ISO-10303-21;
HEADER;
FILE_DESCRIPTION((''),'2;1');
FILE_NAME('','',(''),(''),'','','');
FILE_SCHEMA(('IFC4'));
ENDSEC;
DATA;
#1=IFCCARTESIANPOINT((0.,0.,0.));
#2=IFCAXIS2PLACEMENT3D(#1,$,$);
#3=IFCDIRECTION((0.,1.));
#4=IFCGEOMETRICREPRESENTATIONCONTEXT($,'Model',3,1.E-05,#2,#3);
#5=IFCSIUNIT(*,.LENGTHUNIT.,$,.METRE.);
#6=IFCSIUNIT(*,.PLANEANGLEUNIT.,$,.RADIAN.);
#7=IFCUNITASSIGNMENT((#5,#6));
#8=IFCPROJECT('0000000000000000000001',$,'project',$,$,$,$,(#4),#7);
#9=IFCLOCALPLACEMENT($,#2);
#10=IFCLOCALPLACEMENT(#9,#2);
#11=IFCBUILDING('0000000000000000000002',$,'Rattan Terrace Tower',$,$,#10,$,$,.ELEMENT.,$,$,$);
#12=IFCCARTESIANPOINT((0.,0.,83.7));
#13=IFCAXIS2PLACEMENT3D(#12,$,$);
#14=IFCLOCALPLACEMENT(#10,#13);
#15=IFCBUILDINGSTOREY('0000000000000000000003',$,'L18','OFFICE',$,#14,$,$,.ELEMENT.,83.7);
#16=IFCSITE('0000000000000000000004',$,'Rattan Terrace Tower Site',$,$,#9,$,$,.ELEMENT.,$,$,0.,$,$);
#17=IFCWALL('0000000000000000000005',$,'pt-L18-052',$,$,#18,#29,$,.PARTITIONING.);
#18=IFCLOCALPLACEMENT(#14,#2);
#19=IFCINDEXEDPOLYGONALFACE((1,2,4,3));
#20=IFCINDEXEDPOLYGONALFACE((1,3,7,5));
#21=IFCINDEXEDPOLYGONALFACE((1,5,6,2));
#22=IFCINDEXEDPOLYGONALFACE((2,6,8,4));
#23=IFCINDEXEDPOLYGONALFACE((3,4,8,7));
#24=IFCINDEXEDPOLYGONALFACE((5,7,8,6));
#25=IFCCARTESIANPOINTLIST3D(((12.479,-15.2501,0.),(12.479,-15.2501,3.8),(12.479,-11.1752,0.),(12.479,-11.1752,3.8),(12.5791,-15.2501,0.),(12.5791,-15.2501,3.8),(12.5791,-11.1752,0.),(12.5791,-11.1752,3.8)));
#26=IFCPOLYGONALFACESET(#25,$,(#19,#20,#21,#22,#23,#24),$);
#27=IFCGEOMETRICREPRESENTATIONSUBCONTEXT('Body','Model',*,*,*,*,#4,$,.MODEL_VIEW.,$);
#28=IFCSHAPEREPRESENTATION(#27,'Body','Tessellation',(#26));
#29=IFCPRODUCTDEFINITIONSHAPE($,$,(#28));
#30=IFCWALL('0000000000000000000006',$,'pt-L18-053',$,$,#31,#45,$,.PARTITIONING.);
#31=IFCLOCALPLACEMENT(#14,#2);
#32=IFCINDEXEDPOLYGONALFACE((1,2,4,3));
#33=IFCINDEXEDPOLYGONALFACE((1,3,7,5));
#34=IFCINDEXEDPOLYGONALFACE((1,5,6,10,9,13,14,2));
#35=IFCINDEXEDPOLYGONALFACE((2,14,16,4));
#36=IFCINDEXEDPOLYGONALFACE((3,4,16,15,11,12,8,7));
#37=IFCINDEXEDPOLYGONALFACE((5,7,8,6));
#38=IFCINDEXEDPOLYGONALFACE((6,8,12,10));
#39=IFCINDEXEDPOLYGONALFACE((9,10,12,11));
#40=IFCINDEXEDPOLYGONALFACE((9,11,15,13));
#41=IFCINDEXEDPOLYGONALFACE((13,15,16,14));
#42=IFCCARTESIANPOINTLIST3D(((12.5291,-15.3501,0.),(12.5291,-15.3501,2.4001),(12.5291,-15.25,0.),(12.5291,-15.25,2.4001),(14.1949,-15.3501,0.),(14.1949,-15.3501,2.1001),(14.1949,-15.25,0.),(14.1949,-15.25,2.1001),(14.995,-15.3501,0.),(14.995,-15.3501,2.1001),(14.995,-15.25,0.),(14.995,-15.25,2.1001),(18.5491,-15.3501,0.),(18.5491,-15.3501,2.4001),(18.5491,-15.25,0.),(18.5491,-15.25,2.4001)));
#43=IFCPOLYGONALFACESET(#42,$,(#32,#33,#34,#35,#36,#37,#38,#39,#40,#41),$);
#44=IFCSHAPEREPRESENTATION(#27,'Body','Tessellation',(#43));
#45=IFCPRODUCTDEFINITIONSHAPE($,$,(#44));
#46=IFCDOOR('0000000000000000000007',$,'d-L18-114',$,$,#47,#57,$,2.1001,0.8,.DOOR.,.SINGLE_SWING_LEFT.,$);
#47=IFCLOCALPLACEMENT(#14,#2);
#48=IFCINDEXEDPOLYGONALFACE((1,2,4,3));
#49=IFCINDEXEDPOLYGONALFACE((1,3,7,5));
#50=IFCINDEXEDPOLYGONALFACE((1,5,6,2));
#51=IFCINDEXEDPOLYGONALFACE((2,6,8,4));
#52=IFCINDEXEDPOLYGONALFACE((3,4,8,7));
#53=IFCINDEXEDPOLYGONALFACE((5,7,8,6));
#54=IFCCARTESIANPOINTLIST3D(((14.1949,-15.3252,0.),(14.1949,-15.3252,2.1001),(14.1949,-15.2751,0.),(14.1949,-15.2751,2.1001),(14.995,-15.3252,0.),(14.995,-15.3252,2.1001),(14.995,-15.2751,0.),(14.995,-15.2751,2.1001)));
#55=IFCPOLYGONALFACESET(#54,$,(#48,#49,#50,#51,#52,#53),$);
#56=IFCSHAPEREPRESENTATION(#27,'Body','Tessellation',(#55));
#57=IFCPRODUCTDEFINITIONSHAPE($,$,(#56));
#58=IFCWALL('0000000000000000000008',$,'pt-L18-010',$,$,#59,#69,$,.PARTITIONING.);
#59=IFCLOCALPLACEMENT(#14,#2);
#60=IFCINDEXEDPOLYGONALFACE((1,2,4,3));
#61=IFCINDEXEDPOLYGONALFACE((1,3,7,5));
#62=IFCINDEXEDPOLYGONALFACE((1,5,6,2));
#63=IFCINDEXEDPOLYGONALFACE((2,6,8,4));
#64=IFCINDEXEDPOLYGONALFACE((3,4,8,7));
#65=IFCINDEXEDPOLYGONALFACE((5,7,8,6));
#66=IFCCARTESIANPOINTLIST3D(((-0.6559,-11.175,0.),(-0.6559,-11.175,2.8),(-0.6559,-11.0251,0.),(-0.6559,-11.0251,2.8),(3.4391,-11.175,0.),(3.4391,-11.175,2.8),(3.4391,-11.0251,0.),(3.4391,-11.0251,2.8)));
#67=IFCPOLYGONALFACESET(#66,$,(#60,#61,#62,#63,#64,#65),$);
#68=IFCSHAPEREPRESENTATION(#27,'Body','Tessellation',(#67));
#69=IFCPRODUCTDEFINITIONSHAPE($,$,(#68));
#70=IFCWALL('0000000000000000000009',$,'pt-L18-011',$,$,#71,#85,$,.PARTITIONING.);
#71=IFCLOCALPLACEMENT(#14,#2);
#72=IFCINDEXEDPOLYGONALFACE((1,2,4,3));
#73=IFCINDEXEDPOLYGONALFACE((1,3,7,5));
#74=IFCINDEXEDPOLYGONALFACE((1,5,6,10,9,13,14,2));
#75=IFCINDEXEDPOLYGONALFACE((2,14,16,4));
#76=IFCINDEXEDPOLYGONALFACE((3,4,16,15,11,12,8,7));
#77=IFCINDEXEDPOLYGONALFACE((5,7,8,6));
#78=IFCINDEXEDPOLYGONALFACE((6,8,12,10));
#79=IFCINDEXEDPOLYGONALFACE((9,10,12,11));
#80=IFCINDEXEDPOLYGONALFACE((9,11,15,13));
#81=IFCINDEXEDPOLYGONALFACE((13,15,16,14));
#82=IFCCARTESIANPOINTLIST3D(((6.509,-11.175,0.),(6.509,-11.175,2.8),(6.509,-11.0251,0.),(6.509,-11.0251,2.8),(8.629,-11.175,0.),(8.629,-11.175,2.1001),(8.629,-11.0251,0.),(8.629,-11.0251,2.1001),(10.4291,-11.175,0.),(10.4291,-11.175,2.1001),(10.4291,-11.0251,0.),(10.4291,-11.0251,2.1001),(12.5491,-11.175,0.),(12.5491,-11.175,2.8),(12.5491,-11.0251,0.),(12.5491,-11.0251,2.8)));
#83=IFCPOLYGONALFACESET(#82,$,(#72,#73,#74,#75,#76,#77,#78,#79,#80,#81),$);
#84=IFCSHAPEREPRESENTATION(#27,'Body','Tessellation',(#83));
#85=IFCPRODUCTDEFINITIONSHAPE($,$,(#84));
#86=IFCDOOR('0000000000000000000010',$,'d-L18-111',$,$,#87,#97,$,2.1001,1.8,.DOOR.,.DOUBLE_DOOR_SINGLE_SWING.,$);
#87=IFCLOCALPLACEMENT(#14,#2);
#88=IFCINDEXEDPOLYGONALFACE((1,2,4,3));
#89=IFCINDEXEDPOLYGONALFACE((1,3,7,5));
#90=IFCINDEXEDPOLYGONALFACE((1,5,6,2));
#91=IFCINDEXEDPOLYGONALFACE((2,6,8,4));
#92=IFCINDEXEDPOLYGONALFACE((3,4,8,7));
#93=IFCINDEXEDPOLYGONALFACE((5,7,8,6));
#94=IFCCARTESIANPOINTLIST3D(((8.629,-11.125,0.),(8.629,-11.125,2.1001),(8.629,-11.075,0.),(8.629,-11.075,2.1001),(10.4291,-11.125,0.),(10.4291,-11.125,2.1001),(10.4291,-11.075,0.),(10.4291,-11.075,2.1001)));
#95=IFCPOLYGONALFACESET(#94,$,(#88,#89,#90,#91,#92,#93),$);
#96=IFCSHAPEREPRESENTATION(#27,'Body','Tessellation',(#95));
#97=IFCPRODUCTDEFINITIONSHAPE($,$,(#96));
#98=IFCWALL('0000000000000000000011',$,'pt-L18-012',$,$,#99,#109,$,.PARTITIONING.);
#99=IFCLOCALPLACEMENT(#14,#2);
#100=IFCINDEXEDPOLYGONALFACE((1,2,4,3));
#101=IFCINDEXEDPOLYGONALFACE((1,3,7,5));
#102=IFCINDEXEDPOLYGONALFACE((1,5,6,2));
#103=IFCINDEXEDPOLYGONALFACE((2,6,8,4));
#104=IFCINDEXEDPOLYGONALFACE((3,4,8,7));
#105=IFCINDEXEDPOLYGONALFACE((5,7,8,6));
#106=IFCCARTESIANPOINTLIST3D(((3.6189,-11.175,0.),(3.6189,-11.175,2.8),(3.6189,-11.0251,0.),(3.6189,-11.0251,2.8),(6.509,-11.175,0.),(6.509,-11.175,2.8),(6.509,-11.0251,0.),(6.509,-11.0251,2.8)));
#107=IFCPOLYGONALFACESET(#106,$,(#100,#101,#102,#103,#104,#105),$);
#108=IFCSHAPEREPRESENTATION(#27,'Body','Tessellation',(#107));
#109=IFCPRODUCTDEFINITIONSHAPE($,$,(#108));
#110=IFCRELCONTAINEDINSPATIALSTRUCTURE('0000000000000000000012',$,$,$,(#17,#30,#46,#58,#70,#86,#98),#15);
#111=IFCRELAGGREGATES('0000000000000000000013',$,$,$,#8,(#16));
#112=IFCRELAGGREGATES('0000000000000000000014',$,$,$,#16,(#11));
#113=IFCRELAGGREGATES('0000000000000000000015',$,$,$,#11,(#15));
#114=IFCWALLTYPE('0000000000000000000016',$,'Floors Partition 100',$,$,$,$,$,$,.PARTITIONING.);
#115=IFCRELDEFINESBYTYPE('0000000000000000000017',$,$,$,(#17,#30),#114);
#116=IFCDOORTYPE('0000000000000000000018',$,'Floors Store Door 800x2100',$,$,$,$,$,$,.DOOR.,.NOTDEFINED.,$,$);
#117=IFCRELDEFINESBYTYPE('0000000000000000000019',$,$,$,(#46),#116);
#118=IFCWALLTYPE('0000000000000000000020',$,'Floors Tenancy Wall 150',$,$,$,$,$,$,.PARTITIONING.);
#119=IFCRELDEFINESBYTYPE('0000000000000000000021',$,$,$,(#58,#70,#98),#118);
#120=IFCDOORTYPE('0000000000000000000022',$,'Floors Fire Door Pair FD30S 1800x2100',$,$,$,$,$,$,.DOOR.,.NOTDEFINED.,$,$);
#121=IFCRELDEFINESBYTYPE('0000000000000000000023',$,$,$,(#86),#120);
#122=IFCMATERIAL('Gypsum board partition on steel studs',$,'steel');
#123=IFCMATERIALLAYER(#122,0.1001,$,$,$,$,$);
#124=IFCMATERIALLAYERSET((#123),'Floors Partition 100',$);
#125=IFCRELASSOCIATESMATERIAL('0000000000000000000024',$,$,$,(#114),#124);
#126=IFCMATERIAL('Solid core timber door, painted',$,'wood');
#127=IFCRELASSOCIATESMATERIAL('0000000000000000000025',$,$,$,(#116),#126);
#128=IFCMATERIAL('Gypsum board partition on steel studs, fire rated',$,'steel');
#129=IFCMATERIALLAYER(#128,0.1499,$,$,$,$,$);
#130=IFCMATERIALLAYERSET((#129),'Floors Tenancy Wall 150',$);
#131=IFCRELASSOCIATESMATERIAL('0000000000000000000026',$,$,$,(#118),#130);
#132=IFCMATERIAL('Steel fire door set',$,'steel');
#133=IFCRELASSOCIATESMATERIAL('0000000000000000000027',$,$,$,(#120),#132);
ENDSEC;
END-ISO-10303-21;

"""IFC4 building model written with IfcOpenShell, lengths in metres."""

from ifc_helpers import new_model, si_unit, direction, frame, frame_2d, origin, place, context, subcontext, project, spatial, rectangle, extrude, material, layer, layer_set, type_object, element, fill, save


model = new_model("IFC4")

# Units and contexts
model_context = context("Model", 3, precision=1e-05, world=origin(), true_north=direction((0.0, 1.0)))
body_context = subcontext(model_context, "Body", "Model", "MODEL_VIEW")
ifc_project = project(units=[si_unit("LENGTHUNIT", "METRE"), si_unit("PLANEANGLEUNIT", "RADIAN")], contexts=[model_context])

# Site, building, storey
site_placement = place(None, origin())
site = spatial("IfcSite", under=ifc_project, at=site_placement, Name="Rattan Terrace Tower Site", CompositionType="ELEMENT", RefElevation=0.0)
building_placement = place(site_placement, origin())
building = spatial("IfcBuilding", under=site, at=building_placement, Name="Rattan Terrace Tower", CompositionType="ELEMENT")
storey_placement = place(building_placement, frame((0.0, 0.0, 83.7)))
storey = spatial("IfcBuildingStorey", under=building, at=storey_placement, Name="L18", Description="OFFICE", CompositionType="ELEMENT", Elevation=83.7)

# Shared definitions
ifc_material_1 = material(Name="Gypsum board partition on steel studs", Category="steel")
ifc_layer_1 = layer(ifc_material_1, 0.1001)
ifc_layer_set_1 = layer_set([ifc_layer_1], Name="Floors Partition 100")
wall_type_1 = type_object("IfcWallType", Name="Floors Partition 100", PredefinedType="PARTITIONING", material=ifc_layer_set_1)

# Wall
wall_1_placement = place(storey_placement, frame((12.5291, -11.175, 0.0), z_axis=(0.0, 0.0, 1.0), x_axis=(0.0, -1.0, 0.0)))
element("IfcWall", 1, at=wall_1_placement, inside=storey, type_object=wall_type_1, Name="pt-L18-052", PredefinedType="PARTITIONING", context=body_context, shape_type="SweptSolid", body=[
    extrude(rectangle(XDim=4.075, YDim=0.1001, at=frame_2d((2.0376, 0.0))), origin(), (0.0, 0.0, 1.0), 3.8),
])

# Wall, opening, door
wall_2_placement = place(storey_placement, frame((12.5291, -15.3, 0.0), z_axis=(0.0, 0.0, 1.0), x_axis=(1.0, 0.0, 0.0)))
wall_2 = element("IfcWall", 2, at=wall_2_placement, inside=storey, type_object=wall_type_1, Name="pt-L18-053", PredefinedType="PARTITIONING", context=body_context, shape_type="SweptSolid", body=[
    extrude(rectangle(XDim=6.02, YDim=0.1001, at=frame_2d((3.01, 0.0))), origin(), (0.0, 0.0, 1.0), 2.4001),
])
opening_1_placement = place(wall_2_placement, frame((1.666, 0.0, 0.0)))
opening_1 = element("IfcOpeningElement", 3, at=opening_1_placement, cuts=wall_2, PredefinedType="OPENING", context=body_context, shape_type="SweptSolid", body=[
    extrude(rectangle(XDim=0.8, YDim=2.1001, at=frame_2d((0.3999, 1.05))), frame((0.0, 0.0605, 0.0), z_axis=(0.0, -1.0, 0.0), x_axis=(1.0, 0.0, 0.0)), (0.0, 0.0, 1.0), 0.1211),
])
ifc_material_2 = material(Name="Solid core timber door, painted", Category="wood")
door_type_1 = type_object("IfcDoorType", Name="Floors Store Door 800x2100", OperationType="NOTDEFINED", PredefinedType="DOOR", material=ifc_material_2)
door_1_placement = place(opening_1_placement, origin())
door_1 = element("IfcDoor", 4, at=door_1_placement, inside=storey, type_object=door_type_1, Name="d-L18-114", OperationType="SINGLE_SWING_LEFT", OverallHeight=2.1001, OverallWidth=0.8, PredefinedType="DOOR", context=body_context, shape_type="SweptSolid", body=[
    extrude(rectangle(XDim=0.8, YDim=2.1001, at=frame_2d((0.3999, 1.05))), frame((0.0, 0.0249, 0.0), z_axis=(0.0, -1.0, 0.0), x_axis=(1.0, 0.0, 0.0)), (0.0, 0.0, 1.0), 0.05),
])
fill(opening_1, door_1)

# Wall
ifc_material_3 = material(Name="Gypsum board partition on steel studs, fire rated", Category="steel")
ifc_layer_2 = layer(ifc_material_3, 0.1499)
ifc_layer_set_2 = layer_set([ifc_layer_2], Name="Floors Tenancy Wall 150")
wall_type_2 = type_object("IfcWallType", Name="Floors Tenancy Wall 150", PredefinedType="PARTITIONING", material=ifc_layer_set_2)
wall_3_placement = place(storey_placement, frame((3.439, -11.1001, 0.0), z_axis=(0.0, 0.0, 1.0), x_axis=(-1.0, 0.0, 0.0)))
element("IfcWall", 5, at=wall_3_placement, inside=storey, type_object=wall_type_2, Name="pt-L18-010", PredefinedType="PARTITIONING", context=body_context, shape_type="SweptSolid", body=[
    extrude(rectangle(XDim=4.095, YDim=0.1499, at=frame_2d((2.0474, 0.0))), origin(), (0.0, 0.0, 1.0), 2.8),
])

# Wall, opening, door
wall_4_placement = place(storey_placement, frame((12.5491, -11.1001, 0.0), z_axis=(0.0, 0.0, 1.0), x_axis=(-1.0, 0.0, 0.0)))
wall_4 = element("IfcWall", 6, at=wall_4_placement, inside=storey, type_object=wall_type_2, Name="pt-L18-011", PredefinedType="PARTITIONING", context=body_context, shape_type="SweptSolid", body=[
    extrude(rectangle(XDim=6.04, YDim=0.1499, at=frame_2d((3.02, 0.0))), origin(), (0.0, 0.0, 1.0), 2.8),
])
opening_2_placement = place(wall_4_placement, frame((2.1201, 0.0, 0.0)))
opening_2 = element("IfcOpeningElement", 7, at=opening_2_placement, cuts=wall_4, PredefinedType="OPENING", context=body_context, shape_type="SweptSolid", body=[
    extrude(rectangle(XDim=1.8, YDim=2.1001, at=frame_2d((0.8999, 1.05))), frame((0.0, 0.0854, 0.0), z_axis=(0.0, -1.0, 0.0), x_axis=(1.0, 0.0, 0.0)), (0.0, 0.0, 1.0), 0.1709),
])
ifc_material_4 = material(Name="Steel fire door set", Category="steel")
door_type_2 = type_object("IfcDoorType", Name="Floors Fire Door Pair FD30S 1800x2100", OperationType="NOTDEFINED", PredefinedType="DOOR", material=ifc_material_4)
door_2_placement = place(opening_2_placement, origin())
door_2 = element("IfcDoor", 8, at=door_2_placement, inside=storey, type_object=door_type_2, Name="d-L18-111", OperationType="DOUBLE_DOOR_SINGLE_SWING", OverallHeight=2.1001, OverallWidth=1.8, PredefinedType="DOOR", context=body_context, shape_type="SweptSolid", body=[
    extrude(rectangle(XDim=1.8, YDim=2.1001, at=frame_2d((0.8999, 1.05))), frame((0.0, 0.0249, 0.0), z_axis=(0.0, -1.0, 0.0), x_axis=(1.0, 0.0, 0.0)), (0.0, 0.0, 1.0), 0.05),
])
fill(opening_2, door_2)

# Wall
wall_5_placement = place(storey_placement, frame((6.509, -11.1001, 0.0), z_axis=(0.0, 0.0, 1.0), x_axis=(-1.0, 0.0, 0.0)))
element("IfcWall", 9, at=wall_5_placement, inside=storey, type_object=wall_type_2, Name="pt-L18-012", PredefinedType="PARTITIONING", context=body_context, shape_type="SweptSolid", body=[
    extrude(rectangle(XDim=2.8901, YDim=0.1499, at=frame_2d((1.4451, 0.0))), origin(), (0.0, 0.0, 1.0), 2.8),
])

save(model, "model.ifc")
